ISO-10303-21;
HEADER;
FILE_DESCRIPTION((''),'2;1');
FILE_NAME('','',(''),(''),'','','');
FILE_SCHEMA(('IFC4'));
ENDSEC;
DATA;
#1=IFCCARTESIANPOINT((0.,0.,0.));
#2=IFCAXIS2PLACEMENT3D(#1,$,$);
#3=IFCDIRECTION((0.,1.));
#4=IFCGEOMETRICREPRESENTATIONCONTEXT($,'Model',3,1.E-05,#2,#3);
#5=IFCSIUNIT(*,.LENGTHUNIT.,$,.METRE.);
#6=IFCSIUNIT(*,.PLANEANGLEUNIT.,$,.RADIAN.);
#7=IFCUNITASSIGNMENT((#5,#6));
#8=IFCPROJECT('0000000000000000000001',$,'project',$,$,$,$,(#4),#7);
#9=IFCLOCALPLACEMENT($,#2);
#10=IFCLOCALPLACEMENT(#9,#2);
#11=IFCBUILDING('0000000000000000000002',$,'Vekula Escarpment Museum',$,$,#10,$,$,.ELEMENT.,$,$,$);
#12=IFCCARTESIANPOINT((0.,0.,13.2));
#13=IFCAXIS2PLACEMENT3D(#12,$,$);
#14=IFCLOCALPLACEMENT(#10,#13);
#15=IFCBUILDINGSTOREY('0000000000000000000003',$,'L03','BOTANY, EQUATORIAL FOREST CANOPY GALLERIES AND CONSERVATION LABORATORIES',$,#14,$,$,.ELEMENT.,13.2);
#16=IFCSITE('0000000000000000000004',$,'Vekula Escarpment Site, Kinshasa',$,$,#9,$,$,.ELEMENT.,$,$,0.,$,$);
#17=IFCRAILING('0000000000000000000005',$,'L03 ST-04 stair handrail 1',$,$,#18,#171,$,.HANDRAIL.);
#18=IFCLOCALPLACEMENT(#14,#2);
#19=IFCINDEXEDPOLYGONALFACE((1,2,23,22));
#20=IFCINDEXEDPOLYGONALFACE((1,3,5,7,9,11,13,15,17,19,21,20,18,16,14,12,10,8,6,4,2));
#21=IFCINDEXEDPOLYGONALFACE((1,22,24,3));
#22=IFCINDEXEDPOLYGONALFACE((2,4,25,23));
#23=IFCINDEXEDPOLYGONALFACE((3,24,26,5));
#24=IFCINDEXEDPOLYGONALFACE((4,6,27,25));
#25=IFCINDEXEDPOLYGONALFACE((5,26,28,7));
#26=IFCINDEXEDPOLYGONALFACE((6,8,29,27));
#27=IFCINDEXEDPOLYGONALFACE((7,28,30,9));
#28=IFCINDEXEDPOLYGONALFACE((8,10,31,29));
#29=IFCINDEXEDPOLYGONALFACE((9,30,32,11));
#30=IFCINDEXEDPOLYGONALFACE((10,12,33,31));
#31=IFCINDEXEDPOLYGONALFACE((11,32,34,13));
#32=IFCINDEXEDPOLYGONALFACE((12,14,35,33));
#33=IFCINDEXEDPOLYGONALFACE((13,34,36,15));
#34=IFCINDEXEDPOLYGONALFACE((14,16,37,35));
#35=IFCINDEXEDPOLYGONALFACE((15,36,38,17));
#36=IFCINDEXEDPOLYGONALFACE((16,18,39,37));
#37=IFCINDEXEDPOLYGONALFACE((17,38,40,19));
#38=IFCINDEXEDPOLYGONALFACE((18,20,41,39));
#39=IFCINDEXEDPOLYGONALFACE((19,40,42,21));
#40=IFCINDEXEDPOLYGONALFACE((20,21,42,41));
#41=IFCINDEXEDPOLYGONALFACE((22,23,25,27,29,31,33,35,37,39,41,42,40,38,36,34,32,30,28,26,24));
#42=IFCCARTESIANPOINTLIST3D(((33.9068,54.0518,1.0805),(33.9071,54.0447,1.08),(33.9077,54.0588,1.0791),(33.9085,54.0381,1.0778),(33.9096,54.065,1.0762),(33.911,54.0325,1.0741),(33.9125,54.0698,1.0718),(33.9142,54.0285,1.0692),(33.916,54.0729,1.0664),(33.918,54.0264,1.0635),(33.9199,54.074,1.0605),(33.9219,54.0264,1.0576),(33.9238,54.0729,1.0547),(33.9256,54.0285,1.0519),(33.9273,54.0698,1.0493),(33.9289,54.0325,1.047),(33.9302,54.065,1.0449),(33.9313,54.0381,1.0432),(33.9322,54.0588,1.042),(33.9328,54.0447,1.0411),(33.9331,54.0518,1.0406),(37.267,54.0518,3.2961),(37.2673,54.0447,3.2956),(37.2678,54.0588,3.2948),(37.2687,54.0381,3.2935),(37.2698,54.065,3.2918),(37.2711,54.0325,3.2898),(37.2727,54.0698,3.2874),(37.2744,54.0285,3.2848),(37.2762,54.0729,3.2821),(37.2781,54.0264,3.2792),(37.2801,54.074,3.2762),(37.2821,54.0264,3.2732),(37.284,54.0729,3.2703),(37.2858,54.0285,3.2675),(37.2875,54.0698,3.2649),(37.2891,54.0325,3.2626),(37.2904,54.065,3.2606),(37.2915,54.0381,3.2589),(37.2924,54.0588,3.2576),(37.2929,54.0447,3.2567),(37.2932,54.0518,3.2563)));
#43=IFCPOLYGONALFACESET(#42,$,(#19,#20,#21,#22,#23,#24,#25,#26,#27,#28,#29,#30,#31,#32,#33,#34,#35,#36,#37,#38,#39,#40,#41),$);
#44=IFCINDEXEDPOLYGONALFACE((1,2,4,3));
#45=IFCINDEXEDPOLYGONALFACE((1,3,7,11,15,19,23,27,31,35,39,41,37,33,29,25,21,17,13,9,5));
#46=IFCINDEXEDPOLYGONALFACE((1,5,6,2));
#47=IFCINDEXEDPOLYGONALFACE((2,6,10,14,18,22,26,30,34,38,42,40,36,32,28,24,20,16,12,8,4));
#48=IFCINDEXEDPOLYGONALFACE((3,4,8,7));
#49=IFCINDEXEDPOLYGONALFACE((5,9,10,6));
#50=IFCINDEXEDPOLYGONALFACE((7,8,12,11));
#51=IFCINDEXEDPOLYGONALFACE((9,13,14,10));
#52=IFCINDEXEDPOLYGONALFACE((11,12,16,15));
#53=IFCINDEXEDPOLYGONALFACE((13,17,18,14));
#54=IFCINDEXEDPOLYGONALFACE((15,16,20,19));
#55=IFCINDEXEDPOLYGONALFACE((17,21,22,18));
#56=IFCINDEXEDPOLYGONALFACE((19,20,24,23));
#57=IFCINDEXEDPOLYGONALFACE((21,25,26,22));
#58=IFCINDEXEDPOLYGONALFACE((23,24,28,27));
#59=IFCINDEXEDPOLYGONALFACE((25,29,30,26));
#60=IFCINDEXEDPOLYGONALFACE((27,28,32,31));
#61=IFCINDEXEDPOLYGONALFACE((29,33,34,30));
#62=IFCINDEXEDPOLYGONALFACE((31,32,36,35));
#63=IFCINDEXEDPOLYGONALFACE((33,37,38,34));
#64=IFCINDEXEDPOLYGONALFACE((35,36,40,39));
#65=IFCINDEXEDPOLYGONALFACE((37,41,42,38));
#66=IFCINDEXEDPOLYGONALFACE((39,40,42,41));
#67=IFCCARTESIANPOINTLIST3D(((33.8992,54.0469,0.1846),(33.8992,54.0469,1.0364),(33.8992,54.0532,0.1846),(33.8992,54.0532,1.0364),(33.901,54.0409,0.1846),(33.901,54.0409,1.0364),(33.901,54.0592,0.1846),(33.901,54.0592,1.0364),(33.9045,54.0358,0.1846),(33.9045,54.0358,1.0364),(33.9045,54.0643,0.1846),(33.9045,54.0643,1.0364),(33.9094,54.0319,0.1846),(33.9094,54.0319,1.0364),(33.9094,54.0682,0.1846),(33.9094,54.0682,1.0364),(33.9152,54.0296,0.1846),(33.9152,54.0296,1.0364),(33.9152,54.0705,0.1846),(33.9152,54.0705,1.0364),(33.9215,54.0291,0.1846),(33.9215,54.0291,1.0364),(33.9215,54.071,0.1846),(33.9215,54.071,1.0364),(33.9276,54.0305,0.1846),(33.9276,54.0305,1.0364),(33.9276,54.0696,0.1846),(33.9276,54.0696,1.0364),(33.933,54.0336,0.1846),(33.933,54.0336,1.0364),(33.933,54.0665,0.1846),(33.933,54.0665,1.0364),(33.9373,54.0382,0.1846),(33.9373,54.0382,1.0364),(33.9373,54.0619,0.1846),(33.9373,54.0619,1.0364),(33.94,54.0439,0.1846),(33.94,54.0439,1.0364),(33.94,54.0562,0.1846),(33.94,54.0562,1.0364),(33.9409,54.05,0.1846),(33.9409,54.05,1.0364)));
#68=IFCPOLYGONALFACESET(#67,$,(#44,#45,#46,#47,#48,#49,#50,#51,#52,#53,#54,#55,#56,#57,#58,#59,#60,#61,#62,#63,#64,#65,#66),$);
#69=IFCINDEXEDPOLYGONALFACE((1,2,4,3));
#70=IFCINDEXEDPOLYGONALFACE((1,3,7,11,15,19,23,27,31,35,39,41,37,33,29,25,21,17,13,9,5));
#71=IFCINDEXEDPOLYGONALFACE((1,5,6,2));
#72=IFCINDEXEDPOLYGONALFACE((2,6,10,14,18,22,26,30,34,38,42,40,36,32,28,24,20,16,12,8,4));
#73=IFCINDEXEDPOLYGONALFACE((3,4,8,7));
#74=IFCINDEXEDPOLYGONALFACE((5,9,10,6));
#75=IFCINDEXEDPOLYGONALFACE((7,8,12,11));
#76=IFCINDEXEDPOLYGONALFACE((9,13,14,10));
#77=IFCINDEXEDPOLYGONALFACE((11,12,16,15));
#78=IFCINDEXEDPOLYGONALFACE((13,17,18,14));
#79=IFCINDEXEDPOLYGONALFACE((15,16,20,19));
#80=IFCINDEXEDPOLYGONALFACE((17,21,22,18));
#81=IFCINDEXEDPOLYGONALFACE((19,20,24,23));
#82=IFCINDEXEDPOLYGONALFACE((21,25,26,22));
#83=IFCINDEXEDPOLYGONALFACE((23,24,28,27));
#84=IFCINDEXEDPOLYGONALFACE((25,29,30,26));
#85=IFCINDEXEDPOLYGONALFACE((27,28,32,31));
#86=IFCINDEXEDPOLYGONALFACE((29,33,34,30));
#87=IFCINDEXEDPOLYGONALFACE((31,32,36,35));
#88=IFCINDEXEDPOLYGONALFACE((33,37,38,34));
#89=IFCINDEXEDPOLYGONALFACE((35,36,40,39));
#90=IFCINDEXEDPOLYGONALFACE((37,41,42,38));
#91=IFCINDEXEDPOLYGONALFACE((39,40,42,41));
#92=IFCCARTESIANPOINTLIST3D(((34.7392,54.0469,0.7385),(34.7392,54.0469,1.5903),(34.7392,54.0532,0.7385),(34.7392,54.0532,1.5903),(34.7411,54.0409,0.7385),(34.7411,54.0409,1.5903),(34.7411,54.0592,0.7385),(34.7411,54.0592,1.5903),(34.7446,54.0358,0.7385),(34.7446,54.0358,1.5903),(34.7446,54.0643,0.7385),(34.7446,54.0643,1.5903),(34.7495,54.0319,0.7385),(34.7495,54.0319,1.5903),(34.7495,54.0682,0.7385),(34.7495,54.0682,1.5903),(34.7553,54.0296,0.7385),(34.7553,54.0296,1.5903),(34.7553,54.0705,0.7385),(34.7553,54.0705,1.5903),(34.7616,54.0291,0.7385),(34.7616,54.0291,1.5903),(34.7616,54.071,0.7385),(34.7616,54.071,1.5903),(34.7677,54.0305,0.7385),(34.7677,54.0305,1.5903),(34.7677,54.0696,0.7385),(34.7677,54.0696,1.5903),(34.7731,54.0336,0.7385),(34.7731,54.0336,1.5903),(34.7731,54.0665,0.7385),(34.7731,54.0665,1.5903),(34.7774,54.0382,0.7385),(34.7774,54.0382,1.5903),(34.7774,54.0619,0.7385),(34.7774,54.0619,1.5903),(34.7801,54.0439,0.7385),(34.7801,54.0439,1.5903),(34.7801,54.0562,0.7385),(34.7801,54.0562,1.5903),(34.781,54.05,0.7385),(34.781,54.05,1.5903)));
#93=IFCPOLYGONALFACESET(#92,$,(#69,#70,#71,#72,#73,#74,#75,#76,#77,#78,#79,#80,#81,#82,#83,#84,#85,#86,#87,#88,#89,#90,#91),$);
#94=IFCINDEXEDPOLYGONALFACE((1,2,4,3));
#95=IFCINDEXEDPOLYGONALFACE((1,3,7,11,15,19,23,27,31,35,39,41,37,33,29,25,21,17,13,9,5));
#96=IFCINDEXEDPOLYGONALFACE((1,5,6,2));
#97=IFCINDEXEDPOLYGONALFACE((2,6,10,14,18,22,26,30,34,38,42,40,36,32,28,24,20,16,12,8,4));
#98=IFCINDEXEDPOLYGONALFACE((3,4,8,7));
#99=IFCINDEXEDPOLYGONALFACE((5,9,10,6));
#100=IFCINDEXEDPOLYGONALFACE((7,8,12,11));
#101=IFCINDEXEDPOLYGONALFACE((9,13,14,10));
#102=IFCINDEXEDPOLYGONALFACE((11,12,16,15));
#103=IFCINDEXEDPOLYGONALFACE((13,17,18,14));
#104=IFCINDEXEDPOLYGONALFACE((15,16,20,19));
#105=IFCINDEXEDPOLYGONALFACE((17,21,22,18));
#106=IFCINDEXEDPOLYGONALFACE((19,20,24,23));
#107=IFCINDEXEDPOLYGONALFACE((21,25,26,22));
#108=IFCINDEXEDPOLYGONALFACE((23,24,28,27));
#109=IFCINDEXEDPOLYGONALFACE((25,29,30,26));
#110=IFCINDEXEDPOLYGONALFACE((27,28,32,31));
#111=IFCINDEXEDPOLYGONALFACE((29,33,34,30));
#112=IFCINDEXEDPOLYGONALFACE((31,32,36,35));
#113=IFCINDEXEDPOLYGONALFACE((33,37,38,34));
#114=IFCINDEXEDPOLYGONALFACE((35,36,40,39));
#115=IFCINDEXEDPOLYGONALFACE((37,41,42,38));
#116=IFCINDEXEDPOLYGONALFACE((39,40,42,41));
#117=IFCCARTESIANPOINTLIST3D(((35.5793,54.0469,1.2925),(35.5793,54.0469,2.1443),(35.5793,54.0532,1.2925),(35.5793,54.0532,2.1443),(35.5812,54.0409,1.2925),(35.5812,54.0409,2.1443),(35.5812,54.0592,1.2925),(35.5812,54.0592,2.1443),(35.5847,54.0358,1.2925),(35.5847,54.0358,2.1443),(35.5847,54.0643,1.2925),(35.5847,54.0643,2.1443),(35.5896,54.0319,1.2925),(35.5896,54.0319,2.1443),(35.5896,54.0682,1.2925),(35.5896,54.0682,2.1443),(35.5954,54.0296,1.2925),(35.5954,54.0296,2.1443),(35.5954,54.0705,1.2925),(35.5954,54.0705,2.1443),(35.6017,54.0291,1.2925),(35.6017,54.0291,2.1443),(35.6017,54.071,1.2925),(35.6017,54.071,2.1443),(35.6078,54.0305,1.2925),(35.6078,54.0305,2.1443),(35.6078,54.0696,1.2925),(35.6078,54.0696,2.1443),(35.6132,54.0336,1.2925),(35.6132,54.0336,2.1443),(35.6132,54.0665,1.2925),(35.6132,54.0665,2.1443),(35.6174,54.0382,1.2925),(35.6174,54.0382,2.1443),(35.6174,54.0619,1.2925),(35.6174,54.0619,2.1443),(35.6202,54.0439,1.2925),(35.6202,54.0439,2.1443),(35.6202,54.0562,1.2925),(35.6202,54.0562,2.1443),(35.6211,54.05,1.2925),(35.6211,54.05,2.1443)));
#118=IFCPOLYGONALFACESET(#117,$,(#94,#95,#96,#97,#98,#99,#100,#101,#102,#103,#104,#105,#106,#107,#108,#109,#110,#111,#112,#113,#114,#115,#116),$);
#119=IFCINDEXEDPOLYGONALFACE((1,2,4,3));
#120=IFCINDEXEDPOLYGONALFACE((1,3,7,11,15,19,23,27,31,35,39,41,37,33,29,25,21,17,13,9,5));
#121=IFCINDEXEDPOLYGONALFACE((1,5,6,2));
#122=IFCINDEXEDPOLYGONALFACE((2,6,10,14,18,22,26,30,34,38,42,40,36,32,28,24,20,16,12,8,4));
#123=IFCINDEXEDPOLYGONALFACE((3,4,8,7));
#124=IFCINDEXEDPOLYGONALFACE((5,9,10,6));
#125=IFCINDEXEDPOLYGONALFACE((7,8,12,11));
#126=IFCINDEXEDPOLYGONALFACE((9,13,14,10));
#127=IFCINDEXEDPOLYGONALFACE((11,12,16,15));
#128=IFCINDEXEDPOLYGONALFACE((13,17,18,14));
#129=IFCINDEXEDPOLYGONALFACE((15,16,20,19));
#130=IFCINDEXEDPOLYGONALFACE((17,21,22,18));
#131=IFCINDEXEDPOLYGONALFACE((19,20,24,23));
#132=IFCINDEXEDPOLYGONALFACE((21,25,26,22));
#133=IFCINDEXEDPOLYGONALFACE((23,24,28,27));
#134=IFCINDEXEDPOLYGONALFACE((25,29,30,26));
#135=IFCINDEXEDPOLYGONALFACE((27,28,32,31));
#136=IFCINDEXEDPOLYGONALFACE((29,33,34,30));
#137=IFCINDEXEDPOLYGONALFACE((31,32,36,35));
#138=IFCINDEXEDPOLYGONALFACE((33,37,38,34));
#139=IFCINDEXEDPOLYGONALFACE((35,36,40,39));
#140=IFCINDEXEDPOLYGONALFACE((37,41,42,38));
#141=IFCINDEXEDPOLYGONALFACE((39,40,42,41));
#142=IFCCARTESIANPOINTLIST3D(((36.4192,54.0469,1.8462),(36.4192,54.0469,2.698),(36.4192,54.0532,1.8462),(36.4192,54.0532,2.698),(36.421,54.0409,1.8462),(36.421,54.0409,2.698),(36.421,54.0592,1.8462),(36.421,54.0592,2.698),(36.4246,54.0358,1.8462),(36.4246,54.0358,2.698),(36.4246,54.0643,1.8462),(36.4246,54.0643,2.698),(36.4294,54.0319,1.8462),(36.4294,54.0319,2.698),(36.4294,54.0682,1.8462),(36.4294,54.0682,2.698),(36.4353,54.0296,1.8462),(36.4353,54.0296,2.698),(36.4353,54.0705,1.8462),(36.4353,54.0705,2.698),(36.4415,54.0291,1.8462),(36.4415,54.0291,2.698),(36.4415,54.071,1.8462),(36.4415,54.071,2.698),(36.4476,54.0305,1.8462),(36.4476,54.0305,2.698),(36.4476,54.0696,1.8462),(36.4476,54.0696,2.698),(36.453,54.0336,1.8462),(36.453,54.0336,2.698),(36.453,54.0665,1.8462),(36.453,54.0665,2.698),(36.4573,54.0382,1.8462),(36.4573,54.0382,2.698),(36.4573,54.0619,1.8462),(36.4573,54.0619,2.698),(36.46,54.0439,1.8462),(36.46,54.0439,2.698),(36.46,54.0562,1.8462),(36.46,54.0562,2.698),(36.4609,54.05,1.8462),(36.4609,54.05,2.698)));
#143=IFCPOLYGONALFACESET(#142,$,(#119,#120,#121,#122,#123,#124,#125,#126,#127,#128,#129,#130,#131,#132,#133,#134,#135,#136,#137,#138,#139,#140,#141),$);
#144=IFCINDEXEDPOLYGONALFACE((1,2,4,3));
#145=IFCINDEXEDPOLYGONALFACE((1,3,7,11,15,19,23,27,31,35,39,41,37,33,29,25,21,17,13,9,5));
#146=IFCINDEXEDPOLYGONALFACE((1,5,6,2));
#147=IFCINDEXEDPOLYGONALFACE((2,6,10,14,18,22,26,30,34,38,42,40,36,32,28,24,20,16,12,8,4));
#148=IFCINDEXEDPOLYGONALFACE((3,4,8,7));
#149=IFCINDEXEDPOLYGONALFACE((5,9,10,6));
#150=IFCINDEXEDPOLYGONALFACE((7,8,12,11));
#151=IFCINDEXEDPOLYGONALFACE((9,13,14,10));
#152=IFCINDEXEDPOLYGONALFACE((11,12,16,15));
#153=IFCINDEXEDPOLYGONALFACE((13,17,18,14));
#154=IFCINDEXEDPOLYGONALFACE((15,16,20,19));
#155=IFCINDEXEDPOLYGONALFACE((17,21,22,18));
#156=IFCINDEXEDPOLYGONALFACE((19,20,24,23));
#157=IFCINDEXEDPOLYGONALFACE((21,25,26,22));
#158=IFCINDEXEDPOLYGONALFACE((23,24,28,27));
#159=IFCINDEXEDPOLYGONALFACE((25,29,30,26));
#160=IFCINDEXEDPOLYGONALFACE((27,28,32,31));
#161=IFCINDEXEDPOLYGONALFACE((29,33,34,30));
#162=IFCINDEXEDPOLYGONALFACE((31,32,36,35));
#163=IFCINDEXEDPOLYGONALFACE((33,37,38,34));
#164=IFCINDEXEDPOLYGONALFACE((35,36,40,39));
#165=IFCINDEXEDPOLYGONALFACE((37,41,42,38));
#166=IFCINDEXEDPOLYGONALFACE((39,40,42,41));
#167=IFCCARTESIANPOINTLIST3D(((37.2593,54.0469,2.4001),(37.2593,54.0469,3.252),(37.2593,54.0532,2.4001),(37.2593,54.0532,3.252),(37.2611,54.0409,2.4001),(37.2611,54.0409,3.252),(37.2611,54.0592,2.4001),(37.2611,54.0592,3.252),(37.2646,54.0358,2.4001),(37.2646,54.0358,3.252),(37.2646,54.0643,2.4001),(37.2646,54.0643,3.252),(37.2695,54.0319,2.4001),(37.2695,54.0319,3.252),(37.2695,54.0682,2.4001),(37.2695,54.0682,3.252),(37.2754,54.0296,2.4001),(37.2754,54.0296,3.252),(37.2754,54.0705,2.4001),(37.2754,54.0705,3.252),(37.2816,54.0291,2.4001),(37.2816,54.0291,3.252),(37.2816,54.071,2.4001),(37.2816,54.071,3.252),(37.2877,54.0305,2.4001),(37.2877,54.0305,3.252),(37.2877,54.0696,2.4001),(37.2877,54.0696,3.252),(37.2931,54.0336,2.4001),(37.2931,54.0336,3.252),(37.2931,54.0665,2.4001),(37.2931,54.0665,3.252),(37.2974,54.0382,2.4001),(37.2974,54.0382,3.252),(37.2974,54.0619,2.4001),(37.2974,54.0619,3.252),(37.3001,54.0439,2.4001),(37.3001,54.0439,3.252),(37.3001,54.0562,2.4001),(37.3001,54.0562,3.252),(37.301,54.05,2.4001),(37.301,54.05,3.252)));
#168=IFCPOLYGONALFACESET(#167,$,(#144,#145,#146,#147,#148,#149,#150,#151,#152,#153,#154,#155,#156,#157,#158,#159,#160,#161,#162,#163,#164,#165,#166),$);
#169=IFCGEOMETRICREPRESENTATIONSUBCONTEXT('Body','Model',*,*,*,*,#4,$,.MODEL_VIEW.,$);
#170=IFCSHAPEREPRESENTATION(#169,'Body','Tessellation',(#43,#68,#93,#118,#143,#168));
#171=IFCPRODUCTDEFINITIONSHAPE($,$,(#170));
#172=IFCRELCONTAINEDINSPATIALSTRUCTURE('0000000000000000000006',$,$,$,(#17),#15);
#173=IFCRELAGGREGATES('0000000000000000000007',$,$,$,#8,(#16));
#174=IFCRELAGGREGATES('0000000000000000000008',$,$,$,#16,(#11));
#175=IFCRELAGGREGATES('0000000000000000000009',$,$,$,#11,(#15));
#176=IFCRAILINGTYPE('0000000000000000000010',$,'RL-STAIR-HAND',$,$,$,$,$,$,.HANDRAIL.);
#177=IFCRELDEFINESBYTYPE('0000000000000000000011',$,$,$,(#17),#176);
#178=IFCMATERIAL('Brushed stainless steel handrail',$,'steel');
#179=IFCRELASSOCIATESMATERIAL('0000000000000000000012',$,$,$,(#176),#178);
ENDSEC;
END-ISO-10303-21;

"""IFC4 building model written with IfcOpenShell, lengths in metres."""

from ifc_helpers import new_model, si_unit, direction, frame, origin, origin_2d, place, context, subcontext, project, spatial, circle, extrude, material, type_object, element, save


model = new_model("IFC4")

# Units and contexts
model_context = context("Model", 3, precision=1e-05, world=origin(), true_north=direction((0.0, 1.0)))
body_context = subcontext(model_context, "Body", "Model", "MODEL_VIEW")
ifc_project = project(units=[si_unit("LENGTHUNIT", "METRE"), si_unit("PLANEANGLEUNIT", "RADIAN")], contexts=[model_context])

# Site, building, storey
site_placement = place(None, origin())
site = spatial("IfcSite", under=ifc_project, at=site_placement, Name="Vekula Escarpment Site, Kinshasa", CompositionType="ELEMENT", RefElevation=0.0)
building_placement = place(site_placement, origin())
building = spatial("IfcBuilding", under=site, at=building_placement, Name="Vekula Escarpment Museum", CompositionType="ELEMENT")
storey_placement = place(building_placement, frame((0.0, 0.0, 13.2)))
storey = spatial("IfcBuildingStorey", under=building, at=storey_placement, Name="L03", Description="BOTANY, EQUATORIAL FOREST CANOPY GALLERIES AND CONSERVATION LABORATORIES", CompositionType="ELEMENT", Elevation=13.2)

# Railing
ifc_material_1 = material(Name="Brushed stainless steel handrail", Category="steel")
railing_type_1 = type_object("IfcRailingType", Name="RL-STAIR-HAND", PredefinedType="HANDRAIL", material=ifc_material_1)
railing_1_placement = place(storey_placement, frame((33.9199, 54.05, 0.1846)))
element("IfcRailing", 1, at=railing_1_placement, inside=storey, type_object=railing_type_1, Name="L03 ST-04 stair handrail 1", PredefinedType="HANDRAIL", context=body_context, shape_type="SweptSolid", body=[
    extrude(circle(Radius=0.0239, at=origin_2d()), frame((0.0, 0.0, 0.876), z_axis=(0.834849, 0.0, 0.55048), x_axis=(0.0, 1.0, 0.0)), (0.0, 0.0, 1.0), 4.0249),
    extrude(circle(Radius=0.021, at=origin_2d()), origin(), (0.0, 0.0, 1.0), 0.8518),
    extrude(circle(Radius=0.021, at=origin_2d()), frame((0.8401, 0.0, 0.554)), (0.0, 0.0, 1.0), 0.8518),
    extrude(circle(Radius=0.021, at=origin_2d()), frame((1.6802, 0.0, 1.1079)), (0.0, 0.0, 1.0), 0.8518),
    extrude(circle(Radius=0.021, at=origin_2d()), frame((2.52, 0.0, 1.6616)), (0.0, 0.0, 1.0), 0.8518),
    extrude(circle(Radius=0.021, at=origin_2d()), frame((3.3601, 0.0, 2.2156)), (0.0, 0.0, 1.0), 0.8518),
])

save(model, "model.ifc")
